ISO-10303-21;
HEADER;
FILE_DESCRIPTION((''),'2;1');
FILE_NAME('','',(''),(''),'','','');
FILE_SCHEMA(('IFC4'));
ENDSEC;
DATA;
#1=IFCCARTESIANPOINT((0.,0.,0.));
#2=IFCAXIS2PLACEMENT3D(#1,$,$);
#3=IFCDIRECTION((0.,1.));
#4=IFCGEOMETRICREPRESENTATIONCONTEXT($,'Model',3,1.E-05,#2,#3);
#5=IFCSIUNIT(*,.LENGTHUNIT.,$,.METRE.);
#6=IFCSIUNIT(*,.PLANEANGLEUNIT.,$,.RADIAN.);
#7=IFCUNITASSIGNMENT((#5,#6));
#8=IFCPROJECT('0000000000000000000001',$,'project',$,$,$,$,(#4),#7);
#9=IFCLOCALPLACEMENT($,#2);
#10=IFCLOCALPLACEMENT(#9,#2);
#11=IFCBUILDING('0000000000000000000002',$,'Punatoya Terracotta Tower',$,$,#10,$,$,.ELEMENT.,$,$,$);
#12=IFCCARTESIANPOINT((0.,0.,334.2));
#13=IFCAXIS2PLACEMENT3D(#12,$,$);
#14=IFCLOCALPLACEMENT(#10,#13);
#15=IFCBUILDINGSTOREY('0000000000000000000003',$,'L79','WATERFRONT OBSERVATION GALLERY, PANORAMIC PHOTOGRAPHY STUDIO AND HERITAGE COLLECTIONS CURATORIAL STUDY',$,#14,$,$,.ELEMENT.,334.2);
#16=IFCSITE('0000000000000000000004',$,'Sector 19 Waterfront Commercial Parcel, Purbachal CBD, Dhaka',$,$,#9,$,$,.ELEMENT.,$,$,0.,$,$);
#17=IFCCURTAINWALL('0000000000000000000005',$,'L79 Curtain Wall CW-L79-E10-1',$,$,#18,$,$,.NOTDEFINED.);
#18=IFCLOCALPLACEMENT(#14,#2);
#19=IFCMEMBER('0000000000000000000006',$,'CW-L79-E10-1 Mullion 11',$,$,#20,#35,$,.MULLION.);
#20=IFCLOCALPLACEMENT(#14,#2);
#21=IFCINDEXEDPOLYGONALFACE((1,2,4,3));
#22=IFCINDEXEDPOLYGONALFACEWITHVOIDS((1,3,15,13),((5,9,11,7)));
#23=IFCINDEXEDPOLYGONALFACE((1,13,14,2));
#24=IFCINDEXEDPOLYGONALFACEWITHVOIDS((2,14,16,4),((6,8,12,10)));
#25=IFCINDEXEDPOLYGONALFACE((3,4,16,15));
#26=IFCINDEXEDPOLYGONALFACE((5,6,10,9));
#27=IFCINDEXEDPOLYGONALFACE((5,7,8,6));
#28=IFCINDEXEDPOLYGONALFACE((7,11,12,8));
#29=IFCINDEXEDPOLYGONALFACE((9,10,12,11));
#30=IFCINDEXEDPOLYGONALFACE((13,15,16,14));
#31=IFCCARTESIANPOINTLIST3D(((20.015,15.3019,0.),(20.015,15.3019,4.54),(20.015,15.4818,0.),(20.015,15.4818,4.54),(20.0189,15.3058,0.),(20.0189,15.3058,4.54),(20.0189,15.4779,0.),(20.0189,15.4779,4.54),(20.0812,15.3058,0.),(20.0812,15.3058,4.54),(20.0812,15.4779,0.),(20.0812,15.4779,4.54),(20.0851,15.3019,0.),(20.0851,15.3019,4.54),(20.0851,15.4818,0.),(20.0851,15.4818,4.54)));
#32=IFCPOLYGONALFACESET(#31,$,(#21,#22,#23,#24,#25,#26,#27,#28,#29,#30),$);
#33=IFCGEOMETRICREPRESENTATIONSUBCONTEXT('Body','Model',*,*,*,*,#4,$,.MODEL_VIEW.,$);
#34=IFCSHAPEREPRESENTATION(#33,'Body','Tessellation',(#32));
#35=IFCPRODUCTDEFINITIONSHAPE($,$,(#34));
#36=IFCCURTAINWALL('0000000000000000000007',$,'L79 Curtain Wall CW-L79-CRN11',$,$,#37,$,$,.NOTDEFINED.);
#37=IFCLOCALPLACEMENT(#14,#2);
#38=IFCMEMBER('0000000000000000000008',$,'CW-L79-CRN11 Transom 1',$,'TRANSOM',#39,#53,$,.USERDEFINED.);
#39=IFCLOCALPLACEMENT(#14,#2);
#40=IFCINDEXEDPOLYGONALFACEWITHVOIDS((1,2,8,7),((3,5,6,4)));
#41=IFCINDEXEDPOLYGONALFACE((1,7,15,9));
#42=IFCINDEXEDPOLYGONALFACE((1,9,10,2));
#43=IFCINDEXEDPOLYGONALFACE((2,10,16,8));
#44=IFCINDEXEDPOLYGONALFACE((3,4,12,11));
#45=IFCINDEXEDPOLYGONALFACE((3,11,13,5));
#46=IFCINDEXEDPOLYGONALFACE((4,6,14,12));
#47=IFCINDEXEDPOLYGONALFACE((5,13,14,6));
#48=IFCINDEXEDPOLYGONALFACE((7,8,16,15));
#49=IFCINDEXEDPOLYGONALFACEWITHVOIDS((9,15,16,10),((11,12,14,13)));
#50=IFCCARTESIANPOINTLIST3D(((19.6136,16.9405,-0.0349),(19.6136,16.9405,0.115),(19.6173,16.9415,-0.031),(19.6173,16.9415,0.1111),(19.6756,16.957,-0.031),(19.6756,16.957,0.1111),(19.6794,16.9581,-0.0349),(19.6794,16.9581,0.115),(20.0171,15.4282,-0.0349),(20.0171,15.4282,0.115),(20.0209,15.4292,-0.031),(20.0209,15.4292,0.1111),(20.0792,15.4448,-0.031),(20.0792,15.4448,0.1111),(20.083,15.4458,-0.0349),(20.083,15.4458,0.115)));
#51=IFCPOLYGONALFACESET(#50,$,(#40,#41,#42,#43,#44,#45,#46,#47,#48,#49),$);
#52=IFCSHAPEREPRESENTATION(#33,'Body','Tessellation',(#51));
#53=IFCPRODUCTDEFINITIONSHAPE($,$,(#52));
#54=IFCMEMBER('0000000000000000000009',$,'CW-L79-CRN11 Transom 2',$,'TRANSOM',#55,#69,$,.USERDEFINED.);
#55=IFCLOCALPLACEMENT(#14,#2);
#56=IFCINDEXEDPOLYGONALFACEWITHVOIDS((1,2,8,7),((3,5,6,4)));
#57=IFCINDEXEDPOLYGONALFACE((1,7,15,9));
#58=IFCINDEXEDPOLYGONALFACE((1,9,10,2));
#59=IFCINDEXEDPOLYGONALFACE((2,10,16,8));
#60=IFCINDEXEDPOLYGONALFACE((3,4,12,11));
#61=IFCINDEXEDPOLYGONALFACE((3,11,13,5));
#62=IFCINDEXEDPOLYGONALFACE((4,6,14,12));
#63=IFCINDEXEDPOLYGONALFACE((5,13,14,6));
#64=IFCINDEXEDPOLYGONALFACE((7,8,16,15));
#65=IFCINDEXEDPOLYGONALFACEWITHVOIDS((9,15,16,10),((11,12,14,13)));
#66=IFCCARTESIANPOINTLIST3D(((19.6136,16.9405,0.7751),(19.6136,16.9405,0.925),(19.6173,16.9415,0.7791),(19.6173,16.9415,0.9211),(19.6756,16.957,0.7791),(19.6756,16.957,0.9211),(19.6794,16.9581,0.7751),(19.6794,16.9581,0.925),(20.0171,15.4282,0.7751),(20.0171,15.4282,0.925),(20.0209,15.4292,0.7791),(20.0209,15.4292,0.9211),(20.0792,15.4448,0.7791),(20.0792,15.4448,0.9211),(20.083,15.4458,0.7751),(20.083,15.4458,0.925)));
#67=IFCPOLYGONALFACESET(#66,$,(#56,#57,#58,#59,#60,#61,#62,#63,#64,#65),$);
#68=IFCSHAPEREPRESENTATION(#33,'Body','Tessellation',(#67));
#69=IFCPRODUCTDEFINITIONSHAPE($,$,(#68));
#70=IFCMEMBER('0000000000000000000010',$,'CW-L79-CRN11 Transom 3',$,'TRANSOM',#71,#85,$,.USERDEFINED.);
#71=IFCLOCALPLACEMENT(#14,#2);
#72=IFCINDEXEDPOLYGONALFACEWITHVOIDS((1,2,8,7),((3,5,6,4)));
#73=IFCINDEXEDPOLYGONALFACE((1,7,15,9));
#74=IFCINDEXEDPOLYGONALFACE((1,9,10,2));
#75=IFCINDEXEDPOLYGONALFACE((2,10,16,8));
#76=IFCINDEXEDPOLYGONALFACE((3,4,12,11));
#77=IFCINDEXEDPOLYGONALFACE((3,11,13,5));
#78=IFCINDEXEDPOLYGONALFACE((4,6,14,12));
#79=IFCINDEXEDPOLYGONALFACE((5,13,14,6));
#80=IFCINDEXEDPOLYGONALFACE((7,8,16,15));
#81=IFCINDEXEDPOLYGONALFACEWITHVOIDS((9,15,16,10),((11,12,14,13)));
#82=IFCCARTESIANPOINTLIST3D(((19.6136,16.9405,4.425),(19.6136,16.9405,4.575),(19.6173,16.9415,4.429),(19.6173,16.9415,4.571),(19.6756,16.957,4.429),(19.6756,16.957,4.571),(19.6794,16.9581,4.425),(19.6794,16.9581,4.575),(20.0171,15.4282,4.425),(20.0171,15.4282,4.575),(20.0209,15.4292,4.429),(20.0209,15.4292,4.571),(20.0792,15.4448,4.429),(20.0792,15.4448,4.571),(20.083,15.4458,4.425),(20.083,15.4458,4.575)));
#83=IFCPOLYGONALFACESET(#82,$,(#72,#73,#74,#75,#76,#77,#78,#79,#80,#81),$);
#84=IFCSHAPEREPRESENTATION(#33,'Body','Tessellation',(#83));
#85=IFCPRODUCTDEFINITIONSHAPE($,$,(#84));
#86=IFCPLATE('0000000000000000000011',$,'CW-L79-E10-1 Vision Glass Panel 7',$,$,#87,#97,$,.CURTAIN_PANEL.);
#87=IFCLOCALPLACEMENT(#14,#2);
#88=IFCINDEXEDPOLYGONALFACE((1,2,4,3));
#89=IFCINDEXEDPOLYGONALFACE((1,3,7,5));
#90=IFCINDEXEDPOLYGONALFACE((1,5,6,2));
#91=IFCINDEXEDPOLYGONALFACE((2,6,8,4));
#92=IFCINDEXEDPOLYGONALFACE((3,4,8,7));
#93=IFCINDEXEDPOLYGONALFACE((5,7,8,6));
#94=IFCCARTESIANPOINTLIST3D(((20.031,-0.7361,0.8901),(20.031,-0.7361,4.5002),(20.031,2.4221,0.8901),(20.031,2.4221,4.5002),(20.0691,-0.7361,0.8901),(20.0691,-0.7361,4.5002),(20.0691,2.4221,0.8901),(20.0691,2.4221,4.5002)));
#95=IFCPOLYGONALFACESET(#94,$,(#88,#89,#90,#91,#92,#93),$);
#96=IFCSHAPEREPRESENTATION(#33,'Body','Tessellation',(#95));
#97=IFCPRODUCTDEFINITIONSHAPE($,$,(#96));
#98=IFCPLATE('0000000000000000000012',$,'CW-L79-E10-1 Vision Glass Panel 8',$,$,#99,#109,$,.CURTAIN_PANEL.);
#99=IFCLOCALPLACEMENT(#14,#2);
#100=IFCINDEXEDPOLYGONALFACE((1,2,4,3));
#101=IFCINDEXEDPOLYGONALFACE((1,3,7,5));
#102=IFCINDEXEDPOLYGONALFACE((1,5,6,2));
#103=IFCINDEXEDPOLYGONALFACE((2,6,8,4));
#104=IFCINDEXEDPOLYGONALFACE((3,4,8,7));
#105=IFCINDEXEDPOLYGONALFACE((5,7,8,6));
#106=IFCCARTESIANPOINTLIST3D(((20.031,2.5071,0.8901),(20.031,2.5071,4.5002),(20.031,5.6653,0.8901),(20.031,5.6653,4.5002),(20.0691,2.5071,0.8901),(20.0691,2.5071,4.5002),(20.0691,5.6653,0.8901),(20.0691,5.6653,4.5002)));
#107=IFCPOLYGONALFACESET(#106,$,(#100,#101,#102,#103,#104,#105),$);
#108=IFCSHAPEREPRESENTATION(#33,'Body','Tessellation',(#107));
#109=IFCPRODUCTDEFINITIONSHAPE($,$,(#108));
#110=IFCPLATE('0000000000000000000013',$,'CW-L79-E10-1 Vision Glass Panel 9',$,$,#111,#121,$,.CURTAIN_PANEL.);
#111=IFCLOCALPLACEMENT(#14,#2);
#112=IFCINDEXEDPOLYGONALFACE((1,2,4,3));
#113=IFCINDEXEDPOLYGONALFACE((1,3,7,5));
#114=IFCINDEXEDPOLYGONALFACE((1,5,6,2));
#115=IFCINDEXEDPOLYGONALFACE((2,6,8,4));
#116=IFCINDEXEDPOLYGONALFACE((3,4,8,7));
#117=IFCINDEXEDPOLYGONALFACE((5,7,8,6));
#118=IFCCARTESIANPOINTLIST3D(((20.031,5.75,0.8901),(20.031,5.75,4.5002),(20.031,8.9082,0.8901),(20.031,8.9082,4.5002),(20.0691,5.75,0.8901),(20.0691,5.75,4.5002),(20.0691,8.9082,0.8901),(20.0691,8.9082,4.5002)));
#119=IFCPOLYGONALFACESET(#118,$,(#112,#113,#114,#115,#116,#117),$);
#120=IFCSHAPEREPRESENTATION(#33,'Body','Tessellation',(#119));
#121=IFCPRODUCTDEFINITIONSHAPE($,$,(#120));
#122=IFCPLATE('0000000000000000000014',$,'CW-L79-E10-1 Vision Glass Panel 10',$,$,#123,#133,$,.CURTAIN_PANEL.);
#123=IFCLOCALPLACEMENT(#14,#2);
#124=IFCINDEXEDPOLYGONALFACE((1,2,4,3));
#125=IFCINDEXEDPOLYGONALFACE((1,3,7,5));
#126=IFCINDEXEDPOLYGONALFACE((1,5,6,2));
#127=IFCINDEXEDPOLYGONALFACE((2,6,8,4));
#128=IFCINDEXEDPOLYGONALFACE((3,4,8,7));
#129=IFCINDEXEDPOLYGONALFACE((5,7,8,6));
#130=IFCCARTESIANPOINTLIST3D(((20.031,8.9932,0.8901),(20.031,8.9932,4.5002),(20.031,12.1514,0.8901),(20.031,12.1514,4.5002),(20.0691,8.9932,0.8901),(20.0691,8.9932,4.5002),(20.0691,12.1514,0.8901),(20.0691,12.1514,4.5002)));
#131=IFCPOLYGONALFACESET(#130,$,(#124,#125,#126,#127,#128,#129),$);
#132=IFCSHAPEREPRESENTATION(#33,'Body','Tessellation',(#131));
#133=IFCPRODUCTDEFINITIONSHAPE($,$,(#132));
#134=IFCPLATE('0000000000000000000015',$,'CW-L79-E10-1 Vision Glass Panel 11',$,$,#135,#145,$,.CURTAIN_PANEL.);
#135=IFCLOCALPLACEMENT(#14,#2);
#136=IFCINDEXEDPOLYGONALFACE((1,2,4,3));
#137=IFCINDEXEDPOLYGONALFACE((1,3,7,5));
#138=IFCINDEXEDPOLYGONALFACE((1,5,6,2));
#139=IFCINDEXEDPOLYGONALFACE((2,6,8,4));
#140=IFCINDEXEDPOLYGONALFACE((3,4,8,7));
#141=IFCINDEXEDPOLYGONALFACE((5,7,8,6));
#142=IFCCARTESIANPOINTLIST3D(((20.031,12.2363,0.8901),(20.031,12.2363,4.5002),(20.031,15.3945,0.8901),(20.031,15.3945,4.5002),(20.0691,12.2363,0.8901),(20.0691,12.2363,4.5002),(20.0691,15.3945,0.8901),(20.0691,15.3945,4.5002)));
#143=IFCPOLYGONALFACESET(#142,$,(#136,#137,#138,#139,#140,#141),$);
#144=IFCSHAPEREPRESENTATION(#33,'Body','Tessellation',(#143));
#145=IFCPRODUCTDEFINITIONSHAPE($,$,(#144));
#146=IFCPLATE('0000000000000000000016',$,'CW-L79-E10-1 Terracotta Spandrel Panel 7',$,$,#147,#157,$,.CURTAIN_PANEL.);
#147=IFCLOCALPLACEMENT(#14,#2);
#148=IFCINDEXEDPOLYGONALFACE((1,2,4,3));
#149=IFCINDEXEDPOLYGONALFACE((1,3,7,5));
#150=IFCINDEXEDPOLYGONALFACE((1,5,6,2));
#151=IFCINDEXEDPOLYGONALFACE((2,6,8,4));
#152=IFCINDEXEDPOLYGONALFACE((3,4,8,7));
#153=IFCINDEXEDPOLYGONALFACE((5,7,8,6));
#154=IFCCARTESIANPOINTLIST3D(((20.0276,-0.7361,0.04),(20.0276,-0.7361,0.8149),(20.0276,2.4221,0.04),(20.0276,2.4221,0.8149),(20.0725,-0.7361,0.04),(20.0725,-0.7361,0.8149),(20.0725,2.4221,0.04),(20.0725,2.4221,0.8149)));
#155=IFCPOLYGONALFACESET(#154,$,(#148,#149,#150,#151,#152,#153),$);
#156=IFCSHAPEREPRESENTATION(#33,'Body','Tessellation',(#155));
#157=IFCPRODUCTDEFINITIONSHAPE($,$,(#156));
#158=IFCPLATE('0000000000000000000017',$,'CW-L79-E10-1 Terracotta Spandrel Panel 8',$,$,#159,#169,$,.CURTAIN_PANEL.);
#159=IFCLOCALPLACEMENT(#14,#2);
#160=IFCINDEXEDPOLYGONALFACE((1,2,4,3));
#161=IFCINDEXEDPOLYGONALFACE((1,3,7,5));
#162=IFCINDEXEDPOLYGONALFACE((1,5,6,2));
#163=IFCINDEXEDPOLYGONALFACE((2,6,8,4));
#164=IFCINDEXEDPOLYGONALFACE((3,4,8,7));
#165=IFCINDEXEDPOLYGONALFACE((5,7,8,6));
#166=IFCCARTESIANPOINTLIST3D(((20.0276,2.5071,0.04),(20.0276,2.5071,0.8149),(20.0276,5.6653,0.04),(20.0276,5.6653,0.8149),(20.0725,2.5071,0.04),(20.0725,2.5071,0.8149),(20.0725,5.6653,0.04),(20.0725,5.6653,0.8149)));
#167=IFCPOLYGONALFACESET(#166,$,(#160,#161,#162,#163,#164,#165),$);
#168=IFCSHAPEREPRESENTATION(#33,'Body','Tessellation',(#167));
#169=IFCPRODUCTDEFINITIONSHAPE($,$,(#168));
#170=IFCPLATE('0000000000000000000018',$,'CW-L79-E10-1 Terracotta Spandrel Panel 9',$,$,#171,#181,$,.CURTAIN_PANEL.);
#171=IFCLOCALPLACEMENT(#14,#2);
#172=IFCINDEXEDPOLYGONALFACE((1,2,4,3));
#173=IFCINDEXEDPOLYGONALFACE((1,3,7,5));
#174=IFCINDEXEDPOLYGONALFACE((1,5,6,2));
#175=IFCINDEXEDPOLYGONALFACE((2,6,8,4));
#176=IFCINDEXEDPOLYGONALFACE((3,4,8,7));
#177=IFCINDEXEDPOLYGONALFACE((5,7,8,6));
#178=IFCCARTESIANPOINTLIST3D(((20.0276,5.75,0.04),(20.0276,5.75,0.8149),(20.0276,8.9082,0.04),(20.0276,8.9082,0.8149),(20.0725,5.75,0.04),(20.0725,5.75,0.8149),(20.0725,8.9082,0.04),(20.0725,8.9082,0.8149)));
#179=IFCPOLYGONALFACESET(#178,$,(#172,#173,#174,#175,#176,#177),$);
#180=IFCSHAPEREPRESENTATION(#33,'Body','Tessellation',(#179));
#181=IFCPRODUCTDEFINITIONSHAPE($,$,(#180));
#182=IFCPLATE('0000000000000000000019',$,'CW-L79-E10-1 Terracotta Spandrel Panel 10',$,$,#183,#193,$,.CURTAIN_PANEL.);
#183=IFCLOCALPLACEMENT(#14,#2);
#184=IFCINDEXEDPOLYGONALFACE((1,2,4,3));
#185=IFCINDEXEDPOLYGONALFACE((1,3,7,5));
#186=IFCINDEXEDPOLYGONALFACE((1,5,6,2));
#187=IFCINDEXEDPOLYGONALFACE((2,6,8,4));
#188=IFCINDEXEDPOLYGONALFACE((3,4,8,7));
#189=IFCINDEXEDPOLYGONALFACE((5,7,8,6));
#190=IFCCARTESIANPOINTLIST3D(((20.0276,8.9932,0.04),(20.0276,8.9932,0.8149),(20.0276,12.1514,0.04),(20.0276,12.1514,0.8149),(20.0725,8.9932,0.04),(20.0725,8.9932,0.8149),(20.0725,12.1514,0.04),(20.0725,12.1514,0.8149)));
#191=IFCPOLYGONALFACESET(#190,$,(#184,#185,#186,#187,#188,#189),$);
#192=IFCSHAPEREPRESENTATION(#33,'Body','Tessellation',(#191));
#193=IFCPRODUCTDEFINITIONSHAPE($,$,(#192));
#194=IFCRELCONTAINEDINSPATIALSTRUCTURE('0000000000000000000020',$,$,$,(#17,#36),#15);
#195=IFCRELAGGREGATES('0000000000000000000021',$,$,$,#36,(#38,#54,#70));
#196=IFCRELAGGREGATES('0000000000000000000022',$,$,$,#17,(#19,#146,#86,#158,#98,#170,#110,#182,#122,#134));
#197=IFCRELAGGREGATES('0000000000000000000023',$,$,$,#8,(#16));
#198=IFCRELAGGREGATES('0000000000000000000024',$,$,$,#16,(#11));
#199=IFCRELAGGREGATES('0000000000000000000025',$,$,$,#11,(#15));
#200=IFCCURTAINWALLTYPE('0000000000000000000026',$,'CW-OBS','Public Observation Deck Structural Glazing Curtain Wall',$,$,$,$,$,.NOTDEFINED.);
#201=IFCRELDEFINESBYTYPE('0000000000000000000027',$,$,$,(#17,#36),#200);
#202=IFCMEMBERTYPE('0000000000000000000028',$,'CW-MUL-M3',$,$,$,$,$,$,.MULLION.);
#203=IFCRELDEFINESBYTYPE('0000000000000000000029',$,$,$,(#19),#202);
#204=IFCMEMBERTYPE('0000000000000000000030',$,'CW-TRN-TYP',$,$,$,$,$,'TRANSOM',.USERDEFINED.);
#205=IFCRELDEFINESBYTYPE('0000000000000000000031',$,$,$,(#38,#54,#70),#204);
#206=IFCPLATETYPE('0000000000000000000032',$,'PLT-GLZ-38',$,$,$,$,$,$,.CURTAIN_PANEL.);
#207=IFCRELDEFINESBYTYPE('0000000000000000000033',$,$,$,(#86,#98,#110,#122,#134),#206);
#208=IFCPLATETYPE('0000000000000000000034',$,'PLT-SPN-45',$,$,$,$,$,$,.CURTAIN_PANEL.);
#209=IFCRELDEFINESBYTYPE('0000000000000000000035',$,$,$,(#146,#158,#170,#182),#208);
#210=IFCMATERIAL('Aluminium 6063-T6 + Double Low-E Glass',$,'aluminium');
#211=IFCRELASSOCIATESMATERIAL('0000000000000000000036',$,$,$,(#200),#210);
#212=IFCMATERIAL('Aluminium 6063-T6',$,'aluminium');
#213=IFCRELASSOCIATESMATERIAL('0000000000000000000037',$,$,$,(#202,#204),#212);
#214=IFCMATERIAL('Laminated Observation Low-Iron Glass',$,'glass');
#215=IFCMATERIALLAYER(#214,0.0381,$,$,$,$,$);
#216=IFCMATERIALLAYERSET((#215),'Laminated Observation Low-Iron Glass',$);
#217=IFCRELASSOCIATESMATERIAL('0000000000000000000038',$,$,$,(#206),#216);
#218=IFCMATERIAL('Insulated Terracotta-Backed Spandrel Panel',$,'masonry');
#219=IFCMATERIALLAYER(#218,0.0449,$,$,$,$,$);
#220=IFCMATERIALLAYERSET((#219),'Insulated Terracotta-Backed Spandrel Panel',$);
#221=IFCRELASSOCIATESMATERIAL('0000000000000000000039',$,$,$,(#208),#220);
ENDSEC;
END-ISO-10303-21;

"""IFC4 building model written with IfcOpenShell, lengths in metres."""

from ifc_helpers import new_model, si_unit, direction, frame, origin, origin_2d, place, context, subcontext, project, spatial, rectangle, hollow_rectangle, extrude, material, layer, layer_set, material_profile, profile_set, type_object, element, aggregate, save


model = new_model("IFC4")

# Units and contexts
model_context = context("Model", 3, precision=1e-05, world=origin(), true_north=direction((0.0, 1.0)))
body_context = subcontext(model_context, "Body", "Model", "MODEL_VIEW")
ifc_project = project(units=[si_unit("LENGTHUNIT", "METRE"), si_unit("PLANEANGLEUNIT", "RADIAN")], contexts=[model_context])

# Site, building, storey
site_placement = place(None, origin())
site = spatial("IfcSite", under=ifc_project, at=site_placement, Name="Sector 19 Waterfront Commercial Parcel, Purbachal CBD, Dhaka", CompositionType="ELEMENT", RefElevation=0.0)
building_placement = place(site_placement, origin())
building = spatial("IfcBuilding", under=site, at=building_placement, Name="Punatoya Terracotta Tower", CompositionType="ELEMENT")
storey_placement = place(building_placement, frame((0.0, 0.0, 334.2)))
storey = spatial("IfcBuildingStorey", under=building, at=storey_placement, Name="L79", Description="WATERFRONT OBSERVATION GALLERY, PANORAMIC PHOTOGRAPHY STUDIO AND HERITAGE COLLECTIONS CURATORIAL STUDY", CompositionType="ELEMENT", Elevation=334.2)

# Curtain walls, members
ifc_material_1 = material(Name="Aluminium 6063-T6 + Double Low-E Glass", Category="aluminium")
curtain_wall_type = type_object("IfcCurtainWallType", Name="CW-OBS", Description="Public Observation Deck Structural Glazing Curtain Wall", PredefinedType="NOTDEFINED", material=ifc_material_1)
curtain_wall_1_placement = place(storey_placement, origin())
curtain_wall_1 = element("IfcCurtainWall", 1, at=curtain_wall_1_placement, inside=storey, type_object=curtain_wall_type, Name="L79 Curtain Wall CW-L79-E10-1", PredefinedType="NOTDEFINED")
ifc_material_2 = material(Name="Aluminium 6063-T6", Category="aluminium")
ifc_material_profile_1 = material_profile(ifc_material_2, hollow_rectangle(XDim=0.0701, YDim=0.1799, WallThickness=0.0039, at=origin_2d()))
ifc_profile_set_1 = profile_set([ifc_material_profile_1], Name="Aluminium 6063-T6")
member_type_1 = type_object("IfcMemberType", Name="CW-MUL-M3", PredefinedType="MULLION", material=ifc_profile_set_1)
member_1_placement = place(storey_placement, frame((20.05, 15.3918, 0.0), z_axis=(0.0, 0.0, 1.0), x_axis=(1.0, 0.0, 0.0)))
member_1 = element("IfcMember", 2, at=member_1_placement, type_object=member_type_1, Name="CW-L79-E10-1 Mullion 11", PredefinedType="MULLION", context=body_context, shape_type="SweptSolid", body=[
    extrude(hollow_rectangle(XDim=0.0701, YDim=0.1799, WallThickness=0.0039, at=origin_2d()), origin(), (0.0, 0.0, 1.0), 4.54),
])
curtain_wall_2_placement = place(storey_placement, origin())
curtain_wall_2 = element("IfcCurtainWall", 3, at=curtain_wall_2_placement, inside=storey, type_object=curtain_wall_type, Name="L79 Curtain Wall CW-L79-CRN11", PredefinedType="NOTDEFINED")
ifc_material_profile_2 = material_profile(ifc_material_2, hollow_rectangle(XDim=0.0681, YDim=0.1499, WallThickness=0.0039, at=origin_2d()))
ifc_profile_set_2 = profile_set([ifc_material_profile_2], Name="Aluminium 6063-T6")
member_type_2 = type_object("IfcMemberType", Name="CW-TRN-TYP", ElementType="TRANSOM", PredefinedType="USERDEFINED", material=ifc_profile_set_2)
member_2_placement = place(storey_placement, frame((20.05, 15.437, 0.04), z_axis=(-0.257847, 0.966186, 0.0), x_axis=(-0.966186, -0.257847, 0.0)))
member_2 = element("IfcMember", 4, at=member_2_placement, type_object=member_type_2, Name="CW-L79-CRN11 Transom 1", ObjectType="TRANSOM", PredefinedType="USERDEFINED", context=body_context, shape_type="SweptSolid", body=[
    extrude(hollow_rectangle(XDim=0.0681, YDim=0.1499, WallThickness=0.0039, at=origin_2d()), origin(), (0.0, 0.0, 1.0), 1.5652),
])
member_3_placement = place(storey_placement, frame((20.05, 15.437, 0.8501), z_axis=(-0.257847, 0.966186, 0.0), x_axis=(-0.966186, -0.257847, 0.0)))
member_3 = element("IfcMember", 5, at=member_3_placement, type_object=member_type_2, Name="CW-L79-CRN11 Transom 2", ObjectType="TRANSOM", PredefinedType="USERDEFINED", context=body_context, shape_type="SweptSolid", body=[
    extrude(hollow_rectangle(XDim=0.0681, YDim=0.1499, WallThickness=0.0039, at=origin_2d()), origin(), (0.0, 0.0, 1.0), 1.5652),
])
member_4_placement = place(storey_placement, frame((20.05, 15.437, 4.5), z_axis=(-0.257847, 0.966186, 0.0), x_axis=(-0.966186, -0.257847, 0.0)))
member_4 = element("IfcMember", 6, at=member_4_placement, type_object=member_type_2, Name="CW-L79-CRN11 Transom 3", ObjectType="TRANSOM", PredefinedType="USERDEFINED", context=body_context, shape_type="SweptSolid", body=[
    extrude(hollow_rectangle(XDim=0.0681, YDim=0.1499, WallThickness=0.0039, at=origin_2d()), origin(), (0.0, 0.0, 1.0), 1.5652),
])
aggregate(curtain_wall_2, [member_2, member_3, member_4])

# Plates
ifc_material_3 = material(Name="Laminated Observation Low-Iron Glass", Category="glass")
ifc_layer_1 = layer(ifc_material_3, 0.0381)
ifc_layer_set_1 = layer_set([ifc_layer_1], Name="Laminated Observation Low-Iron Glass")
plate_type_1 = type_object("IfcPlateType", Name="PLT-GLZ-38", PredefinedType="CURTAIN_PANEL", material=ifc_layer_set_1)
plate_1_placement = place(storey_placement, frame((20.05, 0.843, 0.8901), z_axis=(0.0, 0.0, 1.0), x_axis=(0.0, 1.0, 0.0)))
plate_1 = element("IfcPlate", 7, at=plate_1_placement, type_object=plate_type_1, Name="CW-L79-E10-1 Vision Glass Panel 7", PredefinedType="CURTAIN_PANEL", context=body_context, shape_type="SweptSolid", body=[
    extrude(rectangle(XDim=3.1582, YDim=0.0381, at=origin_2d()), origin(), (0.0, 0.0, 1.0), 3.6101),
])
plate_2_placement = place(storey_placement, frame((20.05, 4.0862, 0.8901), z_axis=(0.0, 0.0, 1.0), x_axis=(0.0, 1.0, 0.0)))
plate_2 = element("IfcPlate", 8, at=plate_2_placement, type_object=plate_type_1, Name="CW-L79-E10-1 Vision Glass Panel 8", PredefinedType="CURTAIN_PANEL", context=body_context, shape_type="SweptSolid", body=[
    extrude(rectangle(XDim=3.1582, YDim=0.0381, at=origin_2d()), origin(), (0.0, 0.0, 1.0), 3.6101),
])
plate_3_placement = place(storey_placement, frame((20.05, 7.3291, 0.8901), z_axis=(0.0, 0.0, 1.0), x_axis=(0.0, 1.0, 0.0)))
plate_3 = element("IfcPlate", 9, at=plate_3_placement, type_object=plate_type_1, Name="CW-L79-E10-1 Vision Glass Panel 9", PredefinedType="CURTAIN_PANEL", context=body_context, shape_type="SweptSolid", body=[
    extrude(rectangle(XDim=3.1582, YDim=0.0381, at=origin_2d()), origin(), (0.0, 0.0, 1.0), 3.6101),
])
plate_4_placement = place(storey_placement, frame((20.05, 10.5723, 0.8901), z_axis=(0.0, 0.0, 1.0), x_axis=(0.0, 1.0, 0.0)))
plate_4 = element("IfcPlate", 10, at=plate_4_placement, type_object=plate_type_1, Name="CW-L79-E10-1 Vision Glass Panel 10", PredefinedType="CURTAIN_PANEL", context=body_context, shape_type="SweptSolid", body=[
    extrude(rectangle(XDim=3.1582, YDim=0.0381, at=origin_2d()), origin(), (0.0, 0.0, 1.0), 3.6101),
])
plate_5_placement = place(storey_placement, frame((20.05, 13.8154, 0.8901), z_axis=(0.0, 0.0, 1.0), x_axis=(0.0, 1.0, 0.0)))
plate_5 = element("IfcPlate", 11, at=plate_5_placement, type_object=plate_type_1, Name="CW-L79-E10-1 Vision Glass Panel 11", PredefinedType="CURTAIN_PANEL", context=body_context, shape_type="SweptSolid", body=[
    extrude(rectangle(XDim=3.1582, YDim=0.0381, at=origin_2d()), origin(), (0.0, 0.0, 1.0), 3.6101),
])
ifc_material_4 = material(Name="Insulated Terracotta-Backed Spandrel Panel", Category="masonry")
ifc_layer_2 = layer(ifc_material_4, 0.0449)
ifc_layer_set_2 = layer_set([ifc_layer_2], Name="Insulated Terracotta-Backed Spandrel Panel")
plate_type_2 = type_object("IfcPlateType", Name="PLT-SPN-45", PredefinedType="CURTAIN_PANEL", material=ifc_layer_set_2)
plate_6_placement = place(storey_placement, frame((20.05, 0.843, 0.04), z_axis=(0.0, 0.0, 1.0), x_axis=(0.0, 1.0, 0.0)))
plate_6 = element("IfcPlate", 12, at=plate_6_placement, type_object=plate_type_2, Name="CW-L79-E10-1 Terracotta Spandrel Panel 7", PredefinedType="CURTAIN_PANEL", context=body_context, shape_type="SweptSolid", body=[
    extrude(rectangle(XDim=3.1582, YDim=0.0449, at=origin_2d()), origin(), (0.0, 0.0, 1.0), 0.7749),
])
plate_7_placement = place(storey_placement, frame((20.05, 4.0862, 0.04), z_axis=(0.0, 0.0, 1.0), x_axis=(0.0, 1.0, 0.0)))
plate_7 = element("IfcPlate", 13, at=plate_7_placement, type_object=plate_type_2, Name="CW-L79-E10-1 Terracotta Spandrel Panel 8", PredefinedType="CURTAIN_PANEL", context=body_context, shape_type="SweptSolid", body=[
    extrude(rectangle(XDim=3.1582, YDim=0.0449, at=origin_2d()), origin(), (0.0, 0.0, 1.0), 0.7749),
])
plate_8_placement = place(storey_placement, frame((20.05, 7.3291, 0.04), z_axis=(0.0, 0.0, 1.0), x_axis=(0.0, 1.0, 0.0)))
plate_8 = element("IfcPlate", 14, at=plate_8_placement, type_object=plate_type_2, Name="CW-L79-E10-1 Terracotta Spandrel Panel 9", PredefinedType="CURTAIN_PANEL", context=body_context, shape_type="SweptSolid", body=[
    extrude(rectangle(XDim=3.1582, YDim=0.0449, at=origin_2d()), origin(), (0.0, 0.0, 1.0), 0.7749),
])
plate_9_placement = place(storey_placement, frame((20.05, 10.5723, 0.04), z_axis=(0.0, 0.0, 1.0), x_axis=(0.0, 1.0, 0.0)))
plate_9 = element("IfcPlate", 15, at=plate_9_placement, type_object=plate_type_2, Name="CW-L79-E10-1 Terracotta Spandrel Panel 10", PredefinedType="CURTAIN_PANEL", context=body_context, shape_type="SweptSolid", body=[
    extrude(rectangle(XDim=3.1582, YDim=0.0449, at=origin_2d()), origin(), (0.0, 0.0, 1.0), 0.7749),
])
aggregate(curtain_wall_1, [member_1, plate_6, plate_1, plate_7, plate_2, plate_8, plate_3, plate_9, plate_4, plate_5])

save(model, "model.ifc")
